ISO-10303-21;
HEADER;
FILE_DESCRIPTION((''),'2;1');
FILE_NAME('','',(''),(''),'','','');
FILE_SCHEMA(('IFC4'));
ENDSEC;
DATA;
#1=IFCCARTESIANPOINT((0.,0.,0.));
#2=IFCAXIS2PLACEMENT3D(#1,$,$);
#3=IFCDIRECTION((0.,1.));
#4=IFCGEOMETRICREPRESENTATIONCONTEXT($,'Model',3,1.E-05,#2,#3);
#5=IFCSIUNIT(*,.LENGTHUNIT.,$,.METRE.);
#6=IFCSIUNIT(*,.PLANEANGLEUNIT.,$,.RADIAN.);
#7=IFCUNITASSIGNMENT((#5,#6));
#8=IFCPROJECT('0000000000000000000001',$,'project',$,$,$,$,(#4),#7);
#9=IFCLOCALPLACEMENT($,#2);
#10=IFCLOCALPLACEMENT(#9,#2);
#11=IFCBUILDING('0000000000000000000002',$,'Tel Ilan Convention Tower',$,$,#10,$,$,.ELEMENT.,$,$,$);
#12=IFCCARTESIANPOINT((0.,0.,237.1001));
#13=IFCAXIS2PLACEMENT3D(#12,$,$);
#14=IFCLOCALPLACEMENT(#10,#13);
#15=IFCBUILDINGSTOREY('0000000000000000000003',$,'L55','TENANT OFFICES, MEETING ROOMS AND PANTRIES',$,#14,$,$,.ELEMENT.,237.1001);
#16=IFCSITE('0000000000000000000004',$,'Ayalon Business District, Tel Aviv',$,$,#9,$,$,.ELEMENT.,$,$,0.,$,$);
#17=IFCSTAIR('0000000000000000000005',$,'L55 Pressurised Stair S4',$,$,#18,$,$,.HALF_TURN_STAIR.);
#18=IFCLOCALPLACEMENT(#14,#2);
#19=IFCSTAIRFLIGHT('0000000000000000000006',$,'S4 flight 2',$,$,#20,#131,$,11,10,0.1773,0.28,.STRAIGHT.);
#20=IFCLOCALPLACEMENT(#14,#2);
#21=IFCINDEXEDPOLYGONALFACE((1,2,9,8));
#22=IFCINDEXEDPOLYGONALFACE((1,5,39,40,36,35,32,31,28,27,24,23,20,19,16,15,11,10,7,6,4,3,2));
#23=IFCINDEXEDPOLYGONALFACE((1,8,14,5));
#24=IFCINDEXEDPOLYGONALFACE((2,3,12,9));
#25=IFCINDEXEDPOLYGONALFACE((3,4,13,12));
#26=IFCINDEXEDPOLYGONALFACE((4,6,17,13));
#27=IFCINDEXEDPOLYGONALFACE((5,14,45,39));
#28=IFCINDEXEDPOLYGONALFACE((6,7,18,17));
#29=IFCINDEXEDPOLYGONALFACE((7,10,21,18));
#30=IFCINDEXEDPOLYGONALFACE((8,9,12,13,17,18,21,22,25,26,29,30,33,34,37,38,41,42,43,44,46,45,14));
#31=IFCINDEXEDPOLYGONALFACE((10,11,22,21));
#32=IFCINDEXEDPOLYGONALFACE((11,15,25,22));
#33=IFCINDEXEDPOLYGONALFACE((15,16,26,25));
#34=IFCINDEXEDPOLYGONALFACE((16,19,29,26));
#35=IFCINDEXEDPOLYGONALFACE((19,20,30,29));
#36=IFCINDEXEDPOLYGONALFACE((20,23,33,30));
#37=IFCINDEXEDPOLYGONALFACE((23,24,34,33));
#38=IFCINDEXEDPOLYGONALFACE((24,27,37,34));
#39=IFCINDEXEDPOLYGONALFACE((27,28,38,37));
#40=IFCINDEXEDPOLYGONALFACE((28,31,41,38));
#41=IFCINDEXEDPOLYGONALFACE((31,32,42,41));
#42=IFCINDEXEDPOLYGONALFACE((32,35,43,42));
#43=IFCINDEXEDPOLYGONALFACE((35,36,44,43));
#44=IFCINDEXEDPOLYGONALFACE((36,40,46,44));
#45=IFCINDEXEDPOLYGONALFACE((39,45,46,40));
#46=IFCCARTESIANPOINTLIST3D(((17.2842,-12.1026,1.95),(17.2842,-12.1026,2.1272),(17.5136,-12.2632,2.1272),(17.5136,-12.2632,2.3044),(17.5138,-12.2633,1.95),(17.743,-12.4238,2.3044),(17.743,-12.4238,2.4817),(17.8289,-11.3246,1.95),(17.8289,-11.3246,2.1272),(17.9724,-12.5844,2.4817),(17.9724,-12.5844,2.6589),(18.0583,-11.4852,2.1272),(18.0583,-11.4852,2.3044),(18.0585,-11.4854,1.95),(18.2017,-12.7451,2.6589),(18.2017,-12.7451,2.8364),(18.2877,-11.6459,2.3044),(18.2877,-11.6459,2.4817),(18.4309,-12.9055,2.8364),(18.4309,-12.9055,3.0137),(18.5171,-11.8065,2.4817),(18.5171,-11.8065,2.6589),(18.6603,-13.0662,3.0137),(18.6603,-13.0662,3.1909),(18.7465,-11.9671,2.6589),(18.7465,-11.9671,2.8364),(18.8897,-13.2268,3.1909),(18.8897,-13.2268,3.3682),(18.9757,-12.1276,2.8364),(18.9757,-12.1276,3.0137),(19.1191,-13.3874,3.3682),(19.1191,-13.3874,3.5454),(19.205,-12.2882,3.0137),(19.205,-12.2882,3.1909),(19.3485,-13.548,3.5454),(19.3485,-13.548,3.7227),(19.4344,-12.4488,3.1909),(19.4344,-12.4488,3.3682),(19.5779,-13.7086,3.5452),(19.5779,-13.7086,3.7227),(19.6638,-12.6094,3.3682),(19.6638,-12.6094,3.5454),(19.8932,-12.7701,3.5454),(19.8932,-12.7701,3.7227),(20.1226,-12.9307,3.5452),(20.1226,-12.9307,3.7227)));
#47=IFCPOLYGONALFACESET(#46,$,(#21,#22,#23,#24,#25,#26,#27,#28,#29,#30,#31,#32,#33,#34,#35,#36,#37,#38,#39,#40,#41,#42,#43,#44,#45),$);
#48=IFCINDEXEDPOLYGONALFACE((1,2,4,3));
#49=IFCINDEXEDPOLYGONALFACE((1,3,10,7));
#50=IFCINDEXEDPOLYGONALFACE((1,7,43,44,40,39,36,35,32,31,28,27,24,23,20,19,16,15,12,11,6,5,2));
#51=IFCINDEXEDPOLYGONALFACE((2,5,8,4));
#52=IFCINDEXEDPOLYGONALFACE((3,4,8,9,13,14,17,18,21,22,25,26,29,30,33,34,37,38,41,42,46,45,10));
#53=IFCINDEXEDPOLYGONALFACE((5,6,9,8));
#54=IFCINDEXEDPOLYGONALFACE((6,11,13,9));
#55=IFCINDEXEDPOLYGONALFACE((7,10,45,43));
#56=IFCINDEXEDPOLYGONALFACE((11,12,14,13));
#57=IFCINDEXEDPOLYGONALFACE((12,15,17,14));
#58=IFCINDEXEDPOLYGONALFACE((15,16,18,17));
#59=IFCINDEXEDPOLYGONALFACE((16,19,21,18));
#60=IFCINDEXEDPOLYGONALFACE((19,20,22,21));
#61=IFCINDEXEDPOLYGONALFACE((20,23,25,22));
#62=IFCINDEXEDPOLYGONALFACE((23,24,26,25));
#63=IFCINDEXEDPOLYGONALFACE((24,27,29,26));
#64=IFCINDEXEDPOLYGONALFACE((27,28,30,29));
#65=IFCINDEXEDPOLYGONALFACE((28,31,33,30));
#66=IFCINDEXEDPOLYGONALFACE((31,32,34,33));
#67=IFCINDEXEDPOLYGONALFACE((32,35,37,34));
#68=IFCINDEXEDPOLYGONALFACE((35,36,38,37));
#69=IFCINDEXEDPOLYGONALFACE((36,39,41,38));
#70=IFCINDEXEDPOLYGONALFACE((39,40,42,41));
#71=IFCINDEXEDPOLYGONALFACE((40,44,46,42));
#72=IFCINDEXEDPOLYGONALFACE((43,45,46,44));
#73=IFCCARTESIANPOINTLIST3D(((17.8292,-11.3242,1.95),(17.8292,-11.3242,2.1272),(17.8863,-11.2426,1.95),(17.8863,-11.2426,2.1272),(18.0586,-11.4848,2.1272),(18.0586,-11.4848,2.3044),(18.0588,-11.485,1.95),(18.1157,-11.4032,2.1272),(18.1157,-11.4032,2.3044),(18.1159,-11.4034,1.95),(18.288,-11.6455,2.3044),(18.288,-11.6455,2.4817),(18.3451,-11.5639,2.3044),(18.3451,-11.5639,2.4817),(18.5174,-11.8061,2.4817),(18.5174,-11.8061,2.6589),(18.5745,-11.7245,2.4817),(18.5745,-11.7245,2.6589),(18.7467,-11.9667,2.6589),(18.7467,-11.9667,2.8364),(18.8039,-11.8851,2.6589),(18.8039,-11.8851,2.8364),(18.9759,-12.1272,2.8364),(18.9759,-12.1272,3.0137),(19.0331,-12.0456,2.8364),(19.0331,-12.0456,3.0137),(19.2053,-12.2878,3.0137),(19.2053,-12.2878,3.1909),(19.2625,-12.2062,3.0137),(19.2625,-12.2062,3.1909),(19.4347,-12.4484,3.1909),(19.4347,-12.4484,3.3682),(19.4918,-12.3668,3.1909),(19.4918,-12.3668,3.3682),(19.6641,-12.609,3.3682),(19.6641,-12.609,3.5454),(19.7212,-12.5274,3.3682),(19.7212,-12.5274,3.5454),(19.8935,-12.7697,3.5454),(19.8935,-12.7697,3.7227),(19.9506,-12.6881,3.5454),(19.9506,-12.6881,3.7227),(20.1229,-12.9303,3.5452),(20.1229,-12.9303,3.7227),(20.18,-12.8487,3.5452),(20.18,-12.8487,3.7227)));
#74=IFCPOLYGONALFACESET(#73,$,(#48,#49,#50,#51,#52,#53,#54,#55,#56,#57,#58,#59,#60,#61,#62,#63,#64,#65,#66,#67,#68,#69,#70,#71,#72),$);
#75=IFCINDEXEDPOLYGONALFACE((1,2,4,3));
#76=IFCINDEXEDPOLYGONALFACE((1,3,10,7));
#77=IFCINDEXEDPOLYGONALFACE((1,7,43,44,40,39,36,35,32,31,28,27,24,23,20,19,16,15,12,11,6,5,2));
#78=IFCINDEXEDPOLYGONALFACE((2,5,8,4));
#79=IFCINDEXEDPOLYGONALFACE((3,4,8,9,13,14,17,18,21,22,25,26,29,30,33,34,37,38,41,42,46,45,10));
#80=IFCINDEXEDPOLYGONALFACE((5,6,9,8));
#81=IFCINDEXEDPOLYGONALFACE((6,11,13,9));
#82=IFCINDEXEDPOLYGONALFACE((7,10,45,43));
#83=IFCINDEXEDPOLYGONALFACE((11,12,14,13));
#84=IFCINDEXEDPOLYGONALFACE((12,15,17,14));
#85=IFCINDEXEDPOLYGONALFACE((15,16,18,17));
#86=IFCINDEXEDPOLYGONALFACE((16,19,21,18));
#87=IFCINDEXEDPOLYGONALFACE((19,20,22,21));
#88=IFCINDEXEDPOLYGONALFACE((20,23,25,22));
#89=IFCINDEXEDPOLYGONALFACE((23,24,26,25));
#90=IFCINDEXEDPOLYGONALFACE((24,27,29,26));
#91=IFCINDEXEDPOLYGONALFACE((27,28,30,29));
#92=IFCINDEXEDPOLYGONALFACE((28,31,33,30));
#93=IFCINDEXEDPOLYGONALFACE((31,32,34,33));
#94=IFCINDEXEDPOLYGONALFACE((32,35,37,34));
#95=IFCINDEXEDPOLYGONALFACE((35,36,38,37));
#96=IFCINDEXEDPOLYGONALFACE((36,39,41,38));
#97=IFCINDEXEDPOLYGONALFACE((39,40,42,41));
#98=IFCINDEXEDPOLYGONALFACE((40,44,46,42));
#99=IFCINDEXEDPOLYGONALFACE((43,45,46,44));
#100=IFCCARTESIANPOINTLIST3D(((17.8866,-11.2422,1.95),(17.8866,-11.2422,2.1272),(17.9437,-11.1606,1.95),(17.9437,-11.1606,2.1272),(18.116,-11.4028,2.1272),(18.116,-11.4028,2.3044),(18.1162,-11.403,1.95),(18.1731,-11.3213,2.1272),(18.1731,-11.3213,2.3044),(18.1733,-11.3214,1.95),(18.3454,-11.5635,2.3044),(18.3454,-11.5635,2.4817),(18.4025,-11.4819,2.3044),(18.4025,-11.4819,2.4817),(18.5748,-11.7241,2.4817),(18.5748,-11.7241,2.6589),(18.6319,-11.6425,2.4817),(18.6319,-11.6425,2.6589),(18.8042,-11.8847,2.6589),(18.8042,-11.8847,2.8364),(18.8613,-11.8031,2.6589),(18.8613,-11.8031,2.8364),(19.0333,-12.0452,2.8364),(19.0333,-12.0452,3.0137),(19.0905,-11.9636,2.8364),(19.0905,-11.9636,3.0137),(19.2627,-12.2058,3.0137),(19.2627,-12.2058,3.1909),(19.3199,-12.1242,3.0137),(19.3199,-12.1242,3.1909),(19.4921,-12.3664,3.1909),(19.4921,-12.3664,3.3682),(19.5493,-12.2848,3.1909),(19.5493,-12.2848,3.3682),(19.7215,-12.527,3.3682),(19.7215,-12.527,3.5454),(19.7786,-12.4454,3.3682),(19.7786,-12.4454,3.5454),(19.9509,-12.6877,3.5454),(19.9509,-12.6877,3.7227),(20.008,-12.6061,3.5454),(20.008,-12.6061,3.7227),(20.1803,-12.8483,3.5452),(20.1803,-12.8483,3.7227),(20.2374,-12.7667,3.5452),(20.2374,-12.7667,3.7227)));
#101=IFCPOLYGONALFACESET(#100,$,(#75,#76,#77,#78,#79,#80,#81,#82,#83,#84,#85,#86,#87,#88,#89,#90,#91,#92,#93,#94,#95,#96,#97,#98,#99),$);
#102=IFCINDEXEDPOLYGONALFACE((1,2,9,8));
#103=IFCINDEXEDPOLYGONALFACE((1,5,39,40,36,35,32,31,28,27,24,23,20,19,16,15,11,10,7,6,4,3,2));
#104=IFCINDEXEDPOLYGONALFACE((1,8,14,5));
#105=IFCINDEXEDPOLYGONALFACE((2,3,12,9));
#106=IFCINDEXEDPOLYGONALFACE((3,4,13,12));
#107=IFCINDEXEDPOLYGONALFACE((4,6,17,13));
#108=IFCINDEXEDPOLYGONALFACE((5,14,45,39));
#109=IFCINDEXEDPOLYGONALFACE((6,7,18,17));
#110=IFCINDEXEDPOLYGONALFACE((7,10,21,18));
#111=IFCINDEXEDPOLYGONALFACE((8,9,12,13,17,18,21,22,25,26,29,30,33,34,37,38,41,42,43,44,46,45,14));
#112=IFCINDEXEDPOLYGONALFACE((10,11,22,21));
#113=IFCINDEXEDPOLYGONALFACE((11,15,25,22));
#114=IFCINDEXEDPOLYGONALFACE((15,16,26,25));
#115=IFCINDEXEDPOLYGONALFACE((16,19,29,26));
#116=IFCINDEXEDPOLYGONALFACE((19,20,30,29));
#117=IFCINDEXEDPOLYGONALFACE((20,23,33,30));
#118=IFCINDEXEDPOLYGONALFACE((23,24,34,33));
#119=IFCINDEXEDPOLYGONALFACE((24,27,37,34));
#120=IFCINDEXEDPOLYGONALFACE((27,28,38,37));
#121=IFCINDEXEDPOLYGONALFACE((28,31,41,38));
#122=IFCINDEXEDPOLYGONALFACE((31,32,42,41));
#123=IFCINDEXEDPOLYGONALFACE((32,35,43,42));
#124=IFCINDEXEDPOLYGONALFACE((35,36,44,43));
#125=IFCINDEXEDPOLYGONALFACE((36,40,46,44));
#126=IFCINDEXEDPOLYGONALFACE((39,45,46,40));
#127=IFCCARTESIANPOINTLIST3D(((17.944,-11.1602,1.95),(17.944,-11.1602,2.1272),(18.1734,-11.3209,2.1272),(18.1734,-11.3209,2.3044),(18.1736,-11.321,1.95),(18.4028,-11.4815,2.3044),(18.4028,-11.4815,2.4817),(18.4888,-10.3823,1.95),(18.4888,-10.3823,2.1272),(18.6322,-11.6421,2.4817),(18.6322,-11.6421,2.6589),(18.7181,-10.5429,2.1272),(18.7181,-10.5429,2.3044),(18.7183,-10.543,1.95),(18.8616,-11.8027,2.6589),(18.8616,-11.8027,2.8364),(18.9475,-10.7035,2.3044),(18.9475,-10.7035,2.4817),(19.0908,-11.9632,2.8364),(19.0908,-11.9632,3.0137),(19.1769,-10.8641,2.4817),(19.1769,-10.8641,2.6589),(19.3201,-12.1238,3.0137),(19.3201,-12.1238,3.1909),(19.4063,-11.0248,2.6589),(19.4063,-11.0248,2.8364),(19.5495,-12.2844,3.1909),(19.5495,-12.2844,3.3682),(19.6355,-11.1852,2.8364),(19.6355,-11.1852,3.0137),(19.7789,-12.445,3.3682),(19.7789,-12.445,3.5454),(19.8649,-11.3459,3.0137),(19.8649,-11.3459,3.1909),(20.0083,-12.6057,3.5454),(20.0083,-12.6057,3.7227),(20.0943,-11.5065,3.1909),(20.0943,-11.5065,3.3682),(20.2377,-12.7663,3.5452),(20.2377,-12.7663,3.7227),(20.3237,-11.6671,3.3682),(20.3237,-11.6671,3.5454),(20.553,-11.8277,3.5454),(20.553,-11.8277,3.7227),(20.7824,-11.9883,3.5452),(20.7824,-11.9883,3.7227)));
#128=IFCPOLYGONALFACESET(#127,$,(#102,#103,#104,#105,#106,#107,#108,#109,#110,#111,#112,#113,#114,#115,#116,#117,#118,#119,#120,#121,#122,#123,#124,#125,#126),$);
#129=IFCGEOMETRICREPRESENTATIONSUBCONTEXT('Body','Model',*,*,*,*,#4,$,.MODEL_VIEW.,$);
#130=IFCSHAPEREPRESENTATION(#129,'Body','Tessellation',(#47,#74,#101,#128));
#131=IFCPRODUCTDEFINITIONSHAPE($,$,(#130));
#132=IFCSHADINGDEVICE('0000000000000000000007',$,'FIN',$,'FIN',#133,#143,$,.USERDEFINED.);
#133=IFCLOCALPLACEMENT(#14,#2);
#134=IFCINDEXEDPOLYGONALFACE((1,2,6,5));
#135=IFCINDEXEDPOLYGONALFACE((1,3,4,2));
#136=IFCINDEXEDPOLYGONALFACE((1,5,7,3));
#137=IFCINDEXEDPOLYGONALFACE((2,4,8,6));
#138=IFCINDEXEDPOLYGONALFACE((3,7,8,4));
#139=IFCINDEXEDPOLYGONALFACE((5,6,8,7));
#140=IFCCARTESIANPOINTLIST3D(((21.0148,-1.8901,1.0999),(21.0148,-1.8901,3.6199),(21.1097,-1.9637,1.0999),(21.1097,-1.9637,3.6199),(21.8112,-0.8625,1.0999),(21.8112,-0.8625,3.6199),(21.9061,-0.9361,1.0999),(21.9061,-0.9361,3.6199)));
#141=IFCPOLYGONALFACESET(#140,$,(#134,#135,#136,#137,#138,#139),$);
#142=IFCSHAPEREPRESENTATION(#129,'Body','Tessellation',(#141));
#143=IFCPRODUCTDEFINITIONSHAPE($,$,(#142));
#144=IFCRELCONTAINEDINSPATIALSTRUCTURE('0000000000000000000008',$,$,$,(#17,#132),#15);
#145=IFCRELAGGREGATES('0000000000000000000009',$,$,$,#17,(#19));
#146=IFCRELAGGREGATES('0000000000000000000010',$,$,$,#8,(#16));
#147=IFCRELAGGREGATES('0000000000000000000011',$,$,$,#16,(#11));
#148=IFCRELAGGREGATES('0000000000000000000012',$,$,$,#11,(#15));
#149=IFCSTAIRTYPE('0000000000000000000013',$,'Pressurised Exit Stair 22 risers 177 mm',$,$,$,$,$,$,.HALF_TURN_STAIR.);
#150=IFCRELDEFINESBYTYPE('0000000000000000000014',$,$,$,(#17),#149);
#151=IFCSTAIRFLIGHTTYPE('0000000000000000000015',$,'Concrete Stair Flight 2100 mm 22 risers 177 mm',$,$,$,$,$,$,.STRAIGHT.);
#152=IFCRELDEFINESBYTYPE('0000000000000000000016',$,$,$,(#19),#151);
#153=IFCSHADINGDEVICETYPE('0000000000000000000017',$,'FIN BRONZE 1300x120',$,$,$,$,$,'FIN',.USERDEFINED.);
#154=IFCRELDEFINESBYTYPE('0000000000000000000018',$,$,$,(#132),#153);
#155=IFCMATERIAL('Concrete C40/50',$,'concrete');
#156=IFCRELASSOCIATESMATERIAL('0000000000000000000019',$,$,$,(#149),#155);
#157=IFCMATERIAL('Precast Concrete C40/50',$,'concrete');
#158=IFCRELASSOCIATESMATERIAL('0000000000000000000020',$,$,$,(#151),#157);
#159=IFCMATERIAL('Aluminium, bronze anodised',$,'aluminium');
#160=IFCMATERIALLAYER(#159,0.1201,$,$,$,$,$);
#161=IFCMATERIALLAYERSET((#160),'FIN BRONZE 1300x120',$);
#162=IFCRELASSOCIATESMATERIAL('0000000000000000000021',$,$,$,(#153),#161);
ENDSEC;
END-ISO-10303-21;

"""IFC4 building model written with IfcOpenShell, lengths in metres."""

from ifc_helpers import new_model, si_unit, direction, frame, origin, origin_2d, place, context, subcontext, project, spatial, polyline, rectangle, outline, extrude, material, layer, layer_set, type_object, element, aggregate, save


model = new_model("IFC4")

# Units and contexts
model_context = context("Model", 3, precision=1e-05, world=origin(), true_north=direction((0.0, 1.0)))
body_context = subcontext(model_context, "Body", "Model", "MODEL_VIEW")
ifc_project = project(units=[si_unit("LENGTHUNIT", "METRE"), si_unit("PLANEANGLEUNIT", "RADIAN")], contexts=[model_context])

# Site, building, storey
site_placement = place(None, origin())
site = spatial("IfcSite", under=ifc_project, at=site_placement, Name="Ayalon Business District, Tel Aviv", CompositionType="ELEMENT", RefElevation=0.0)
building_placement = place(site_placement, origin())
building = spatial("IfcBuilding", under=site, at=building_placement, Name="Tel Ilan Convention Tower", CompositionType="ELEMENT")
storey_placement = place(building_placement, frame((0.0, 0.0, 237.1001)))
storey = spatial("IfcBuildingStorey", under=building, at=storey_placement, Name="L55", Description="TENANT OFFICES, MEETING ROOMS AND PANTRIES", CompositionType="ELEMENT", Elevation=237.1001)

# Shared definitions
ifc_material_1 = material(Name="Concrete C40/50", Category="concrete")
stair_type = type_object("IfcStairType", Name="Pressurised Exit Stair 22 risers 177 mm", PredefinedType="HALF_TURN_STAIR", material=ifc_material_1)
ifc_material_2 = material(Name="Precast Concrete C40/50", Category="concrete")
stair_flight_type = type_object("IfcStairFlightType", Name="Concrete Stair Flight 2100 mm 22 risers 177 mm", PredefinedType="STRAIGHT", material=ifc_material_2)

# Stair, stair flight
stair_1_placement = place(storey_placement, origin())
stair_1 = element("IfcStair", 1, at=stair_1_placement, inside=storey, type_object=stair_type, Name="L55 Pressurised Stair S4", PredefinedType="HALF_TURN_STAIR")
stair_flight_1_placement = place(storey_placement, frame((17.8865, -11.2424, 1.95), z_axis=(0.0, 0.0, 1.0), x_axis=(0.819152, -0.573576, 0.0)))
stair_flight_1 = element("IfcStairFlight", 2, at=stair_flight_1_placement, type_object=stair_flight_type, Name="S4 flight 2", NumberOfRisers=11, NumberOfTreads=10, PredefinedType="STRAIGHT", RiserHeight=0.1773, TreadLength=0.28, context=body_context, shape_type="SweptSolid", body=[
    extrude(outline(polyline([(0.0, 0.0), (0.0, 0.1772), (0.28, 0.1772), (0.28, 0.3545), (0.5601, 0.3545), (0.5601, 0.5317), (0.8401, 0.5317), (0.8401, 0.709), (1.1201, 0.709), (1.1201, 0.8865), (1.3999, 0.8865), (1.3999, 1.0637), (1.6799, 1.0637), (1.6799, 1.241), (1.96, 1.241), (1.96, 1.4182), (2.24, 1.4182), (2.24, 1.5955), (2.52, 1.5955), (2.52, 1.7727), (2.8, 1.7727), (2.8, 1.95), (2.8, 1.5952), (0.2803, 0.0), (0.0, 0.0)])), frame((0.0, -0.1003, 0.0), z_axis=(0.0, -1.0, 0.0), x_axis=(1.0, 0.0, 0.0)), (0.0, 0.0, 1.0), 0.9497),
    extrude(outline(polyline([(0.0, 0.0), (0.0, 0.1772), (0.28, 0.1772), (0.28, 0.3545), (0.5601, 0.3545), (0.5601, 0.5317), (0.8401, 0.5317), (0.8401, 0.709), (1.1201, 0.709), (1.1201, 0.8865), (1.3999, 0.8865), (1.3999, 1.0637), (1.6799, 1.0637), (1.6799, 1.241), (1.96, 1.241), (1.96, 1.4182), (2.24, 1.4182), (2.24, 1.5955), (2.52, 1.5955), (2.52, 1.7727), (2.8, 1.7727), (2.8, 1.95), (2.8, 1.5952), (0.2803, 0.0), (0.0, 0.0)])), frame((0.0, -0.0002, 0.0), z_axis=(0.0, -1.0, 0.0), x_axis=(1.0, 0.0, 0.0)), (0.0, 0.0, 1.0), 0.0996),
    extrude(outline(polyline([(0.0, 0.0), (0.0, 0.1772), (0.28, 0.1772), (0.28, 0.3545), (0.5601, 0.3545), (0.5601, 0.5317), (0.8401, 0.5317), (0.8401, 0.709), (1.1201, 0.709), (1.1201, 0.8865), (1.3999, 0.8865), (1.3999, 1.0637), (1.6799, 1.0637), (1.6799, 1.241), (1.96, 1.241), (1.96, 1.4182), (2.24, 1.4182), (2.24, 1.5955), (2.52, 1.5955), (2.52, 1.7727), (2.8, 1.7727), (2.8, 1.95), (2.8, 1.5952), (0.2803, 0.0), (0.0, 0.0)])), frame((0.0, 0.0999, 0.0), z_axis=(0.0, -1.0, 0.0), x_axis=(1.0, 0.0, 0.0)), (0.0, 0.0, 1.0), 0.0996),
    extrude(outline(polyline([(0.0, 0.0), (0.0, 0.1772), (0.28, 0.1772), (0.28, 0.3545), (0.5601, 0.3545), (0.5601, 0.5317), (0.8401, 0.5317), (0.8401, 0.709), (1.1201, 0.709), (1.1201, 0.8865), (1.3999, 0.8865), (1.3999, 1.0637), (1.6799, 1.0637), (1.6799, 1.241), (1.96, 1.241), (1.96, 1.4182), (2.24, 1.4182), (2.24, 1.5955), (2.52, 1.5955), (2.52, 1.7727), (2.8, 1.7727), (2.8, 1.95), (2.8, 1.5952), (0.2803, 0.0), (0.0, 0.0)])), frame((0.0, 1.05, 0.0), z_axis=(0.0, -1.0, 0.0), x_axis=(1.0, 0.0, 0.0)), (0.0, 0.0, 1.0), 0.9497),
])
aggregate(stair_1, [stair_flight_1])

# Shading device
ifc_material_3 = material(Name="Aluminium, bronze anodised", Category="aluminium")
ifc_layer_1 = layer(ifc_material_3, 0.1201)
ifc_layer_set_1 = layer_set([ifc_layer_1], Name="FIN BRONZE 1300x120")
shading_device_type = type_object("IfcShadingDeviceType", Name="FIN BRONZE 1300x120", ElementType="FIN", PredefinedType="USERDEFINED", material=ifc_layer_set_1)
shading_device_placement = place(storey_placement, frame((21.4604, -1.4131, 1.0999), z_axis=(0.0, 0.0, 1.0), x_axis=(0.612601, 0.790393, 0.0)))
element("IfcShadingDevice", 3, at=shading_device_placement, inside=storey, type_object=shading_device_type, Name="FIN", ObjectType="FIN", PredefinedType="USERDEFINED", context=body_context, shape_type="SweptSolid", body=[
    extrude(rectangle(XDim=1.3, YDim=0.1201, at=origin_2d()), origin(), (0.0, 0.0, 1.0), 2.52),
])

save(model, "model.ifc")
